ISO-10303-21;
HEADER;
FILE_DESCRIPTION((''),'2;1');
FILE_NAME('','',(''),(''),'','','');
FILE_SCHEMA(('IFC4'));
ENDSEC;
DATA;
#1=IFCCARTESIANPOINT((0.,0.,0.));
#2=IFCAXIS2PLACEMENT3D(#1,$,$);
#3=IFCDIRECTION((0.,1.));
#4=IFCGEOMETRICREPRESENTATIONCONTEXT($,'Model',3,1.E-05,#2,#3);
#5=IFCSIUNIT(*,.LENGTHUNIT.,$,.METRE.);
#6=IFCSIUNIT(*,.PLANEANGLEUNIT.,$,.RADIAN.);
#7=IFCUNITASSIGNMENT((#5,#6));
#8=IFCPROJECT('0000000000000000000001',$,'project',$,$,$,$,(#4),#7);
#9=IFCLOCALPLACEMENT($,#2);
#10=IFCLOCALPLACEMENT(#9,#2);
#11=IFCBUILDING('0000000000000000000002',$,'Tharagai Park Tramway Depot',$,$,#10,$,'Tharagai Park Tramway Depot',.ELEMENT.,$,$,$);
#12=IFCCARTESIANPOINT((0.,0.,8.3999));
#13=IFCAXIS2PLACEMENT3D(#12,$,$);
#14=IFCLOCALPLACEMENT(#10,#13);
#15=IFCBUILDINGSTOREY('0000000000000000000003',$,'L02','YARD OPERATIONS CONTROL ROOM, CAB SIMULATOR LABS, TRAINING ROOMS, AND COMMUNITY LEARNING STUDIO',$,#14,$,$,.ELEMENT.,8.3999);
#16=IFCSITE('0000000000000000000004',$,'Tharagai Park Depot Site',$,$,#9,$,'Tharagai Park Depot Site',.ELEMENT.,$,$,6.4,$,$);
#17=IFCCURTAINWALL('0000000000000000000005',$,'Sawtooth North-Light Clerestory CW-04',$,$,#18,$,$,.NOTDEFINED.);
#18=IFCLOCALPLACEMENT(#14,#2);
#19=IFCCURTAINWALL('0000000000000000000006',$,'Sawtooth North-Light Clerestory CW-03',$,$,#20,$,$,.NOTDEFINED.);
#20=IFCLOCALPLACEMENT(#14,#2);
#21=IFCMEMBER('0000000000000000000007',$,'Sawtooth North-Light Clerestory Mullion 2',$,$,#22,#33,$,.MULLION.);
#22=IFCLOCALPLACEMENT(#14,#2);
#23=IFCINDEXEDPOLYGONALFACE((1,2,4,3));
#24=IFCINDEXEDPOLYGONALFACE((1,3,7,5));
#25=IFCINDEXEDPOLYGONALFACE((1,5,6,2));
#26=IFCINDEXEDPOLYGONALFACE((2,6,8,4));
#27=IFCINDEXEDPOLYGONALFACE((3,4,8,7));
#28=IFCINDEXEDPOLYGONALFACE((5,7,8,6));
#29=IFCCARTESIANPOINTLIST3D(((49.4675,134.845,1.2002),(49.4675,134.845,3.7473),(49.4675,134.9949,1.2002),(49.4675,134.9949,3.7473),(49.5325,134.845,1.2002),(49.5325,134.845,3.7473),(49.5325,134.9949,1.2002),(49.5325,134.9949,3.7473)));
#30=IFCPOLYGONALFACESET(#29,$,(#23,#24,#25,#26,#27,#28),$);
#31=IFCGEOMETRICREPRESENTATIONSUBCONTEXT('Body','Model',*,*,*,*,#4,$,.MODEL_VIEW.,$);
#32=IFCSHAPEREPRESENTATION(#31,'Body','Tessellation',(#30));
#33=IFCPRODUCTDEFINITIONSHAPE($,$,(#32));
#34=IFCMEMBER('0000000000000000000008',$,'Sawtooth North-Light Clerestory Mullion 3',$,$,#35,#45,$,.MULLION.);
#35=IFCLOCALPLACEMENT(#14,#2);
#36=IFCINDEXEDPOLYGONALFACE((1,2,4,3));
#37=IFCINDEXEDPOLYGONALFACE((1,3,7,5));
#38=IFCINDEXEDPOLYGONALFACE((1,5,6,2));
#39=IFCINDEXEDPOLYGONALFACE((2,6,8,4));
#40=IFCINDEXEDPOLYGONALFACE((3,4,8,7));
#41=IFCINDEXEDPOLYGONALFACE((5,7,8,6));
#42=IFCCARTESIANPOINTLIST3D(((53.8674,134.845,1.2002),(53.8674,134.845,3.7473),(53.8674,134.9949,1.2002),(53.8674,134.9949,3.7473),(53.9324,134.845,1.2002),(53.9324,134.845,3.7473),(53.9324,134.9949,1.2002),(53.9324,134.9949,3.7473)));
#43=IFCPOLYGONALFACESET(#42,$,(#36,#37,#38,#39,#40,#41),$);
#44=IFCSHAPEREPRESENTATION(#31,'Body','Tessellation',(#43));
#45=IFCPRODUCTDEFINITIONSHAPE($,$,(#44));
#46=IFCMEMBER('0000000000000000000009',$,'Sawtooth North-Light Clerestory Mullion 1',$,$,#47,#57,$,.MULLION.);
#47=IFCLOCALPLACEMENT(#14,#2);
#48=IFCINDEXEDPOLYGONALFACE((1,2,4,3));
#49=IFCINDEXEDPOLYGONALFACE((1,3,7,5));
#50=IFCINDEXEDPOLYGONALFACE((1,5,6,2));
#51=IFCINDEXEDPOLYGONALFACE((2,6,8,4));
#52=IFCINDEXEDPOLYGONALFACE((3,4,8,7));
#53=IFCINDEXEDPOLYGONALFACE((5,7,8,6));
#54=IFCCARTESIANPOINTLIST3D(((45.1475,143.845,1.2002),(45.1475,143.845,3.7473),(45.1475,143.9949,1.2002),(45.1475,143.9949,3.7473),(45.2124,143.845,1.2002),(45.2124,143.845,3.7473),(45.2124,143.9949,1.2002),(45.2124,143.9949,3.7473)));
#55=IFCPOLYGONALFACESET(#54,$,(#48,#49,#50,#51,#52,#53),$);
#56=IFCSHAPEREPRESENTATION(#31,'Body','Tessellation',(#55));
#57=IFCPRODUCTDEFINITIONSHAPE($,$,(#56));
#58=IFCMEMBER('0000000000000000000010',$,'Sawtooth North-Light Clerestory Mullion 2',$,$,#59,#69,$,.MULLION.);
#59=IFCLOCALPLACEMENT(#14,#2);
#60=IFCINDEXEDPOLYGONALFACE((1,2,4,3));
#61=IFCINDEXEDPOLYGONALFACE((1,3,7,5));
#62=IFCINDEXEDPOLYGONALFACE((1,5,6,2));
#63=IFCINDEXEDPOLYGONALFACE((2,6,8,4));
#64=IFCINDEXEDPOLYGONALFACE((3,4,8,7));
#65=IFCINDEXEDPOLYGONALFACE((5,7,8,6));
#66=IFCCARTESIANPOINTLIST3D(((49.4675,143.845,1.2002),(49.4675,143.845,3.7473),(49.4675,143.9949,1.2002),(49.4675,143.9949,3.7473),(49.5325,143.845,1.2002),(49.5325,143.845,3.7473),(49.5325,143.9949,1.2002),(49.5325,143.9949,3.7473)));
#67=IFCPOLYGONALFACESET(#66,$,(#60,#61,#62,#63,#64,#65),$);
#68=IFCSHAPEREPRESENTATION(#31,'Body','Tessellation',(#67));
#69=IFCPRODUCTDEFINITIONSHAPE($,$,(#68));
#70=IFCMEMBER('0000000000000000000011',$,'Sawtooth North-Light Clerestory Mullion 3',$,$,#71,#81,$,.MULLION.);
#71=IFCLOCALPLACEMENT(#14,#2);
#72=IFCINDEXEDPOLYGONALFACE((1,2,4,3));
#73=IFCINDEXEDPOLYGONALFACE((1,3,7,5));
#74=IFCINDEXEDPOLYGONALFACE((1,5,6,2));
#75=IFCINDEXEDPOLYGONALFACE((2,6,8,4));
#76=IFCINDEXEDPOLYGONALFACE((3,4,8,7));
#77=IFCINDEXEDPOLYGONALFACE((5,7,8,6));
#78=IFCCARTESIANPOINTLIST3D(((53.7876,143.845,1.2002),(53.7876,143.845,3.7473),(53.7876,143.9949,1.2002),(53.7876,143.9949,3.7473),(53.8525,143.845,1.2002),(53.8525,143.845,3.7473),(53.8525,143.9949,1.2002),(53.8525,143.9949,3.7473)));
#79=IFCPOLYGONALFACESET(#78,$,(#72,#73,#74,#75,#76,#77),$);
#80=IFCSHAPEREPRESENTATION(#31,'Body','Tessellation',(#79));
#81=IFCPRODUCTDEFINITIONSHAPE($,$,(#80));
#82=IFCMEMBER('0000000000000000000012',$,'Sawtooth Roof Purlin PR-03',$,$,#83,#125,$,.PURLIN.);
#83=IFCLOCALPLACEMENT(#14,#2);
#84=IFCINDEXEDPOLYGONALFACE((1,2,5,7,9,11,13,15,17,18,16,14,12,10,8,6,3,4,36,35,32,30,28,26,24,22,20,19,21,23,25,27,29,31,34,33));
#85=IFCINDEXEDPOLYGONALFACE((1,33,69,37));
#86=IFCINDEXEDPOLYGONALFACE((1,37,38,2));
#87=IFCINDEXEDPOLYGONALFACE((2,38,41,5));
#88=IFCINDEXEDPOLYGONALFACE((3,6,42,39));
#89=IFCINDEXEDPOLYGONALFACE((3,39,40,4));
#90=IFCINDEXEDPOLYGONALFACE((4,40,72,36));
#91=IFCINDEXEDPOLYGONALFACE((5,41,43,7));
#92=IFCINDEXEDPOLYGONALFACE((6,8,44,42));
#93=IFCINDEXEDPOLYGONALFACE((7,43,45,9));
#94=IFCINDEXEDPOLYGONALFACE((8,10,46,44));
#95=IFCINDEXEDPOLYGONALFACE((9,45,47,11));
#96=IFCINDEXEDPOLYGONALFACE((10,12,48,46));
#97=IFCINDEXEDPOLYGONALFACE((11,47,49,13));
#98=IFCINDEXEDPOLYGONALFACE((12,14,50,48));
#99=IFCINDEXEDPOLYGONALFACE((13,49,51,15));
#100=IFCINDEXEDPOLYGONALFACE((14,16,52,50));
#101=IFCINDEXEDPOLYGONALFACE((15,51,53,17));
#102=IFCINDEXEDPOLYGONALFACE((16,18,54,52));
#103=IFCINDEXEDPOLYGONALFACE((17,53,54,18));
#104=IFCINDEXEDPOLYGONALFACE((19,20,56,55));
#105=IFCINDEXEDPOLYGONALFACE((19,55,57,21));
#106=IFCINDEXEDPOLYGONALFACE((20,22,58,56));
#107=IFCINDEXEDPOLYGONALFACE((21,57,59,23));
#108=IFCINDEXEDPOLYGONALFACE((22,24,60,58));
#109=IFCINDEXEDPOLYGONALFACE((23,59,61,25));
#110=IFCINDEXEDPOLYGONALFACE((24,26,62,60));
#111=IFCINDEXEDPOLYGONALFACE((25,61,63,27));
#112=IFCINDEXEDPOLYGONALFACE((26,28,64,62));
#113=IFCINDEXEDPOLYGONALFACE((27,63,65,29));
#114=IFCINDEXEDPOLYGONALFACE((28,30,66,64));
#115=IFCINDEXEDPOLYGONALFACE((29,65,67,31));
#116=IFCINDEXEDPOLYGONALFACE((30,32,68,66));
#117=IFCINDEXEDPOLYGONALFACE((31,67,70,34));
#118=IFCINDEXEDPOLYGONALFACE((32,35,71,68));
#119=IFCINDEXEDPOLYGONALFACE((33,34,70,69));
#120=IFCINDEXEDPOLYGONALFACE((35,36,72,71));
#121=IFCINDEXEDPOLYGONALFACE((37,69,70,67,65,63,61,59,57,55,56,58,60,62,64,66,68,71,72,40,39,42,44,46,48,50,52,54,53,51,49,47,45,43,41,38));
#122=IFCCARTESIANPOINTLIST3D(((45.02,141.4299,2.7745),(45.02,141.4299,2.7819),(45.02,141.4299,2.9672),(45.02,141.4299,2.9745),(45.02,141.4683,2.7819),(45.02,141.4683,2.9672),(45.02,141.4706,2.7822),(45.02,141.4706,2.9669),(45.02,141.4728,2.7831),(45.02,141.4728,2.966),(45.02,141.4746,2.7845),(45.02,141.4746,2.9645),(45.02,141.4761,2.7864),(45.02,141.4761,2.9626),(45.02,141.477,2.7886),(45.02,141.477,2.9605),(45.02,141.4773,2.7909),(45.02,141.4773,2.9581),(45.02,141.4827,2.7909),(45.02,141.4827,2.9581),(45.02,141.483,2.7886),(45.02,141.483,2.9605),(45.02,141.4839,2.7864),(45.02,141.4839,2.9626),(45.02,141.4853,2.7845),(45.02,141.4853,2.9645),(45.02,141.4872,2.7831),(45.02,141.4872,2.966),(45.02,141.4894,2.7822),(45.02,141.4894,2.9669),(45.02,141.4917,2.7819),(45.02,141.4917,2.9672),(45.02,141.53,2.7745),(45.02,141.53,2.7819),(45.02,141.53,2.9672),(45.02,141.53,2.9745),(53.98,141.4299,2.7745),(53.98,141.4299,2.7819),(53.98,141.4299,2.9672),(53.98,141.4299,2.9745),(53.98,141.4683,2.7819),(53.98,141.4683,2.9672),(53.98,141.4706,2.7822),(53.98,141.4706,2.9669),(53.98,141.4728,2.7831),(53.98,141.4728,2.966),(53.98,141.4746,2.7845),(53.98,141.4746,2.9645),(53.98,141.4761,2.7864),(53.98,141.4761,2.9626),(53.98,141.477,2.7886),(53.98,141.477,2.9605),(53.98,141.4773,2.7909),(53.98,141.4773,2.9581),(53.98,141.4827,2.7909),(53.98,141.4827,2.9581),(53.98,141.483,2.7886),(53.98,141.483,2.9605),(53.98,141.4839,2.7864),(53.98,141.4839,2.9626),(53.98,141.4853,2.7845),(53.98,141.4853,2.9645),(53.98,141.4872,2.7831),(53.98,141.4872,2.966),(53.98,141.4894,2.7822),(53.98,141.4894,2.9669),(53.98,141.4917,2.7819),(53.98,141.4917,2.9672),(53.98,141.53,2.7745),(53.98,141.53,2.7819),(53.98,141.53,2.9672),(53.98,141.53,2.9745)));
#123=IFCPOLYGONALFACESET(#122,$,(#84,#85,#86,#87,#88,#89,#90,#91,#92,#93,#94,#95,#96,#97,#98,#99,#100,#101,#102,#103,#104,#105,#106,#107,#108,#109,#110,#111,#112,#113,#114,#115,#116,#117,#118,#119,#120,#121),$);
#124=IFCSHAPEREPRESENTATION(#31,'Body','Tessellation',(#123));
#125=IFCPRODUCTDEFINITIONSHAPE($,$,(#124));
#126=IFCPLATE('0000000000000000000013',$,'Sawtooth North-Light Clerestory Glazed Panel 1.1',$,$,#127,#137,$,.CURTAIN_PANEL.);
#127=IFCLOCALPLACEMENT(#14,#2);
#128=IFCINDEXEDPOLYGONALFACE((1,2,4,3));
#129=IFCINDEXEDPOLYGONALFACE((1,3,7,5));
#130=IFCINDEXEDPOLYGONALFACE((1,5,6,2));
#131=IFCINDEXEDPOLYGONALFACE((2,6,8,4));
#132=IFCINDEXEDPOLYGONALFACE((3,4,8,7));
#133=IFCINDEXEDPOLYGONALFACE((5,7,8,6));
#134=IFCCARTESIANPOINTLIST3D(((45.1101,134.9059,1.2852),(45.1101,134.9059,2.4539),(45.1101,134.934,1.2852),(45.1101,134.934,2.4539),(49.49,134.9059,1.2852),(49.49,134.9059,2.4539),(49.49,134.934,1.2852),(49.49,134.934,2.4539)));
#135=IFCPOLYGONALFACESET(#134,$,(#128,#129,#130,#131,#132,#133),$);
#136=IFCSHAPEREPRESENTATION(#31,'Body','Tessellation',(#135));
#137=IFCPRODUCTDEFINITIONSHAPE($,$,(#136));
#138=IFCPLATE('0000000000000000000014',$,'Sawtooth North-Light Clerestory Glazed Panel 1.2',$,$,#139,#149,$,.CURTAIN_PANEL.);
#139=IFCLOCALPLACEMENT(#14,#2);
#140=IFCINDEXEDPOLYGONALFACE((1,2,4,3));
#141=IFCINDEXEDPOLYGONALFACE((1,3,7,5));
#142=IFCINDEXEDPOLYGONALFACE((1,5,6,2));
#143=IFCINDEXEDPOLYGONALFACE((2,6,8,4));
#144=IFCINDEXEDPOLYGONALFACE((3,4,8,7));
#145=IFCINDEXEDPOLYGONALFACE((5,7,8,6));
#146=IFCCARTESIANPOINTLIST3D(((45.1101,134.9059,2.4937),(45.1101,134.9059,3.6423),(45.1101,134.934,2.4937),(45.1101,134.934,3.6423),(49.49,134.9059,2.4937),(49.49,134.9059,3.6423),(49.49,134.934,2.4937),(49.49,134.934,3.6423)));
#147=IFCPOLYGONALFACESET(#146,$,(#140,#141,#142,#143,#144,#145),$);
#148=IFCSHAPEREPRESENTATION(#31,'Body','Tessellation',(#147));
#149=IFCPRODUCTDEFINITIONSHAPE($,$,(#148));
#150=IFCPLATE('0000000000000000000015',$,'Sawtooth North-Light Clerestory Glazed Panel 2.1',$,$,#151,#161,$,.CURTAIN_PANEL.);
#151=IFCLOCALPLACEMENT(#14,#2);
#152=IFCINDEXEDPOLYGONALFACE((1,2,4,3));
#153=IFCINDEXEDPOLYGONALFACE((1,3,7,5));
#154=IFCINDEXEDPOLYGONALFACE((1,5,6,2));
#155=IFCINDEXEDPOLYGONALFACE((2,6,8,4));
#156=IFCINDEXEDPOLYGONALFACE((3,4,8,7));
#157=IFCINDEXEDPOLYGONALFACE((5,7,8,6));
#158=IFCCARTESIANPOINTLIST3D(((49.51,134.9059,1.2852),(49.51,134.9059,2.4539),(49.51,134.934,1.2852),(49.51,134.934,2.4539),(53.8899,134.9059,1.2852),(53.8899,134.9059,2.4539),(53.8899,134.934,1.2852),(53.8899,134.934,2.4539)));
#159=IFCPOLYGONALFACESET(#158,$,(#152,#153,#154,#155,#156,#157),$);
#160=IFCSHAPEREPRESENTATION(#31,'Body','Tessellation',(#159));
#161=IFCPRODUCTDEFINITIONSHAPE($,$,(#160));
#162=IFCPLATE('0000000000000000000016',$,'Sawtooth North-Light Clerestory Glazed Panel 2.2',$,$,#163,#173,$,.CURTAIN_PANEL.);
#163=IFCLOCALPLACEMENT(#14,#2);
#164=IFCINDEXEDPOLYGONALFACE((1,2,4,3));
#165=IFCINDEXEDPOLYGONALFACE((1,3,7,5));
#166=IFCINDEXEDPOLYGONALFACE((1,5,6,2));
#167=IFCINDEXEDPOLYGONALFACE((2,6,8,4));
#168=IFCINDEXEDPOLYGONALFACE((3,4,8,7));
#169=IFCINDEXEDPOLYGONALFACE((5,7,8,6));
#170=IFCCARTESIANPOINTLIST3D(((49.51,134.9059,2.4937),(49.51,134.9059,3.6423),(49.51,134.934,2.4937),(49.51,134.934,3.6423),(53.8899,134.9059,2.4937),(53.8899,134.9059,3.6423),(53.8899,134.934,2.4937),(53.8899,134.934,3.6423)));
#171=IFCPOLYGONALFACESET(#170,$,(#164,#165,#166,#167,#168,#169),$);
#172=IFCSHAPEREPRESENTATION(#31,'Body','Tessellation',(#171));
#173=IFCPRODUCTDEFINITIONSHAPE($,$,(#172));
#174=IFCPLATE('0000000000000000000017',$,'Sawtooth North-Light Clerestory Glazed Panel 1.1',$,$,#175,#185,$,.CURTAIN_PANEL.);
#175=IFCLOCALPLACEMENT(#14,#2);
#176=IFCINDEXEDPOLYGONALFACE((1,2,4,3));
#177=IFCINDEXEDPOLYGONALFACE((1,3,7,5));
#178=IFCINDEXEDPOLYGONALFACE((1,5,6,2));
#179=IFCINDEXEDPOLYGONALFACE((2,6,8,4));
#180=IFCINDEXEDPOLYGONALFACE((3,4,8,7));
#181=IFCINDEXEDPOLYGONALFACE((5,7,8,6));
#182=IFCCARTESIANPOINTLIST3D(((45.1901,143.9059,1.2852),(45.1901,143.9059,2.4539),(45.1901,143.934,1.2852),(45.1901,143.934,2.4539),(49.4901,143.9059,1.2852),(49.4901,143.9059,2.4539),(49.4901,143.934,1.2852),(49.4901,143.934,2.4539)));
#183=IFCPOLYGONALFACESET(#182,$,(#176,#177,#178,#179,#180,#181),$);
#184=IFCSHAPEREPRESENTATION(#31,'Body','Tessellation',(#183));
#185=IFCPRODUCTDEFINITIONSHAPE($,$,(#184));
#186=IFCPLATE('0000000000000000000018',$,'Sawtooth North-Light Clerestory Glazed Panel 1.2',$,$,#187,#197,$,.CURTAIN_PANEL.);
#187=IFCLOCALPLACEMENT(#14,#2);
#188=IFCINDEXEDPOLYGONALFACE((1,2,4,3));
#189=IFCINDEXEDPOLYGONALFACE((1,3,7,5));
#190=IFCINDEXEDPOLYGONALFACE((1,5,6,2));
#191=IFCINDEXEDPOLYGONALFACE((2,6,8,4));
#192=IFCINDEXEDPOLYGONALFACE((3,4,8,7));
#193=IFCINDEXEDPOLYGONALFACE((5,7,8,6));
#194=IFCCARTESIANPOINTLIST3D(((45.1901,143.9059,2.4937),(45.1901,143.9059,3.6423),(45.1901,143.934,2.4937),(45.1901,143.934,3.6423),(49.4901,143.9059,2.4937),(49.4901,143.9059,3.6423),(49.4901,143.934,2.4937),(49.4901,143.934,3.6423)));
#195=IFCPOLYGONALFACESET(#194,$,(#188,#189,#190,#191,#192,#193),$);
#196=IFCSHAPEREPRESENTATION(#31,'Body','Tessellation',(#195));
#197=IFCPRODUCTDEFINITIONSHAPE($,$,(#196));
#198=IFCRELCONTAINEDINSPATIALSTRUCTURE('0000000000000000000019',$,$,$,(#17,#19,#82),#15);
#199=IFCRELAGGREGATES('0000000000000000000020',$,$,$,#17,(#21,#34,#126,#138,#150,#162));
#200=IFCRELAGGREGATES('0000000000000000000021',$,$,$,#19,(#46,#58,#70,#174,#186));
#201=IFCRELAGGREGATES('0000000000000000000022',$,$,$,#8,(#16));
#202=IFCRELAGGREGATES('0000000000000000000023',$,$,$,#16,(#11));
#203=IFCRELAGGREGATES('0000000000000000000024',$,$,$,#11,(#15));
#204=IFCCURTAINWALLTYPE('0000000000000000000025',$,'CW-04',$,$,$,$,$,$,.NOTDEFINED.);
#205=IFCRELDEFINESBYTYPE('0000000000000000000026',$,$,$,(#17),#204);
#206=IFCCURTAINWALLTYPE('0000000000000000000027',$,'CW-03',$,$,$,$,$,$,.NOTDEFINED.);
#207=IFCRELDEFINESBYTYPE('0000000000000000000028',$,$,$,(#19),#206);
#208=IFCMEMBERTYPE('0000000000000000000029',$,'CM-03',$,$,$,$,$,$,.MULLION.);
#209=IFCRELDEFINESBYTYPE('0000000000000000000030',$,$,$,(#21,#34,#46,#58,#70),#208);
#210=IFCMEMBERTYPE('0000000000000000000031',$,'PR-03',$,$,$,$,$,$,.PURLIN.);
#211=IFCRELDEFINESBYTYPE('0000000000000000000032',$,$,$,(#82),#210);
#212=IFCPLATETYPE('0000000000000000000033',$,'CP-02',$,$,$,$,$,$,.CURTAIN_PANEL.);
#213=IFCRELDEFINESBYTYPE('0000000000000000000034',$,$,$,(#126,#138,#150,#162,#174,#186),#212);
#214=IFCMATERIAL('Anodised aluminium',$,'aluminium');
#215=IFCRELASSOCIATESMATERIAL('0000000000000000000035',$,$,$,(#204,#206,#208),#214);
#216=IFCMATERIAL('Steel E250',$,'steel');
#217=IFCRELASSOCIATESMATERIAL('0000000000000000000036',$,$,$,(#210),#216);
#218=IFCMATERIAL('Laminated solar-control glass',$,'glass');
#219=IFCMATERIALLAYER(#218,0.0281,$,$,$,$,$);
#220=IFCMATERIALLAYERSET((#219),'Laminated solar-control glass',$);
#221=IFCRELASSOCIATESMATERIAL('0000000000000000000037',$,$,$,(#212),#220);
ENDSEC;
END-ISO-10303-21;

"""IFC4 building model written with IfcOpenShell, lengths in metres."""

from ifc_helpers import new_model, si_unit, direction, frame, origin, origin_2d, place, context, subcontext, project, spatial, rectangle, i_section, extrude, material, layer, layer_set, material_profile, profile_set, type_object, element, aggregate, save


model = new_model("IFC4")

# Units and contexts
model_context = context("Model", 3, precision=1e-05, world=origin(), true_north=direction((0.0, 1.0)))
body_context = subcontext(model_context, "Body", "Model", "MODEL_VIEW")
ifc_project = project(units=[si_unit("LENGTHUNIT", "METRE"), si_unit("PLANEANGLEUNIT", "RADIAN")], contexts=[model_context])

# Site, building, storey
site_placement = place(None, origin())
site = spatial("IfcSite", under=ifc_project, at=site_placement, Name="Tharagai Park Depot Site", LongName="Tharagai Park Depot Site", CompositionType="ELEMENT", RefElevation=6.4)
building_placement = place(site_placement, origin())
building = spatial("IfcBuilding", under=site, at=building_placement, Name="Tharagai Park Tramway Depot", LongName="Tharagai Park Tramway Depot", CompositionType="ELEMENT")
storey_placement = place(building_placement, frame((0.0, 0.0, 8.3999)))
storey = spatial("IfcBuildingStorey", under=building, at=storey_placement, Name="L02", Description="YARD OPERATIONS CONTROL ROOM, CAB SIMULATOR LABS, TRAINING ROOMS, AND COMMUNITY LEARNING STUDIO", CompositionType="ELEMENT", Elevation=8.3999)

# Curtain walls
ifc_material_1 = material(Name="Anodised aluminium", Category="aluminium")
curtain_wall_type_1 = type_object("IfcCurtainWallType", Name="CW-04", PredefinedType="NOTDEFINED", material=ifc_material_1)
curtain_wall_1_placement = place(storey_placement, origin())
curtain_wall_1 = element("IfcCurtainWall", 1, at=curtain_wall_1_placement, inside=storey, type_object=curtain_wall_type_1, Name="Sawtooth North-Light Clerestory CW-04", PredefinedType="NOTDEFINED")
curtain_wall_type_2 = type_object("IfcCurtainWallType", Name="CW-03", PredefinedType="NOTDEFINED", material=ifc_material_1)
curtain_wall_2_placement = place(storey_placement, origin())
curtain_wall_2 = element("IfcCurtainWall", 2, at=curtain_wall_2_placement, inside=storey, type_object=curtain_wall_type_2, Name="Sawtooth North-Light Clerestory CW-03", PredefinedType="NOTDEFINED")

# Members
ifc_material_profile_1 = material_profile(ifc_material_1, rectangle(XDim=0.0649, YDim=0.1499, at=origin_2d()), Name="ALU 65x150")
ifc_profile_set_1 = profile_set([ifc_material_profile_1], Name="Anodised aluminium")
member_type_1 = type_object("IfcMemberType", Name="CM-03", PredefinedType="MULLION", material=ifc_profile_set_1)
member_1_placement = place(storey_placement, frame((49.5, 134.9199, 1.2002), z_axis=(0.0, 0.0, 1.0), x_axis=(1.0, 0.0, 0.0)))
member_1 = element("IfcMember", 3, at=member_1_placement, type_object=member_type_1, Name="Sawtooth North-Light Clerestory Mullion 2", PredefinedType="MULLION", context=body_context, shape_type="SweptSolid", body=[
    extrude(rectangle(XDim=0.0649, YDim=0.1499, at=origin_2d()), origin(), (0.0, 0.0, 1.0), 2.5471),
])
member_2_placement = place(storey_placement, frame((53.8999, 134.9199, 1.2002), z_axis=(0.0, 0.0, 1.0), x_axis=(1.0, 0.0, 0.0)))
member_2 = element("IfcMember", 4, at=member_2_placement, type_object=member_type_1, Name="Sawtooth North-Light Clerestory Mullion 3", PredefinedType="MULLION", context=body_context, shape_type="SweptSolid", body=[
    extrude(rectangle(XDim=0.0649, YDim=0.1499, at=origin_2d()), origin(), (0.0, 0.0, 1.0), 2.5471),
])
member_3_placement = place(storey_placement, frame((45.1799, 143.9199, 1.2002), z_axis=(0.0, 0.0, 1.0), x_axis=(1.0, 0.0, 0.0)))
member_3 = element("IfcMember", 5, at=member_3_placement, type_object=member_type_1, Name="Sawtooth North-Light Clerestory Mullion 1", PredefinedType="MULLION", context=body_context, shape_type="SweptSolid", body=[
    extrude(rectangle(XDim=0.0649, YDim=0.1499, at=origin_2d()), origin(), (0.0, 0.0, 1.0), 2.5471),
])
member_4_placement = place(storey_placement, frame((49.5, 143.9199, 1.2002), z_axis=(0.0, 0.0, 1.0), x_axis=(1.0, 0.0, 0.0)))
member_4 = element("IfcMember", 6, at=member_4_placement, type_object=member_type_1, Name="Sawtooth North-Light Clerestory Mullion 2", PredefinedType="MULLION", context=body_context, shape_type="SweptSolid", body=[
    extrude(rectangle(XDim=0.0649, YDim=0.1499, at=origin_2d()), origin(), (0.0, 0.0, 1.0), 2.5471),
])
member_5_placement = place(storey_placement, frame((53.8201, 143.9199, 1.2002), z_axis=(0.0, 0.0, 1.0), x_axis=(1.0, 0.0, 0.0)))
member_5 = element("IfcMember", 7, at=member_5_placement, type_object=member_type_1, Name="Sawtooth North-Light Clerestory Mullion 3", PredefinedType="MULLION", context=body_context, shape_type="SweptSolid", body=[
    extrude(rectangle(XDim=0.0649, YDim=0.1499, at=origin_2d()), origin(), (0.0, 0.0, 1.0), 2.5471),
])
ifc_material_2 = material(Name="Steel E250", Category="steel")
ifc_material_profile_2 = material_profile(ifc_material_2, i_section(OverallWidth=0.1001, OverallDepth=0.2, WebThickness=0.0054, FlangeThickness=0.0073, FilletRadius=0.009, at=origin_2d()), Name="ISLB 200")
ifc_profile_set_2 = profile_set([ifc_material_profile_2], Name="Steel E250")
member_type_2 = type_object("IfcMemberType", Name="PR-03", PredefinedType="PURLIN", material=ifc_profile_set_2)
member_6_placement = place(storey_placement, frame((45.02, 141.48, 2.8745), z_axis=(1.0, 0.0, 0.0), x_axis=(0.0, 1.0, 0.0)))
element("IfcMember", 8, at=member_6_placement, inside=storey, type_object=member_type_2, Name="Sawtooth Roof Purlin PR-03", PredefinedType="PURLIN", context=body_context, shape_type="SweptSolid", body=[
    extrude(i_section(OverallWidth=0.1001, OverallDepth=0.2, WebThickness=0.0054, FlangeThickness=0.0073, FilletRadius=0.009, at=origin_2d()), origin(), (0.0, 0.0, 1.0), 8.96),
])

# Plates
ifc_material_3 = material(Name="Laminated solar-control glass", Category="glass")
ifc_layer = layer(ifc_material_3, 0.0281)
ifc_layer_set = layer_set([ifc_layer], Name="Laminated solar-control glass")
plate_type = type_object("IfcPlateType", Name="CP-02", PredefinedType="CURTAIN_PANEL", material=ifc_layer_set)
plate_1_placement = place(storey_placement, frame((47.3, 134.9199, 1.2852), z_axis=(0.0, 0.0, 1.0), x_axis=(1.0, 0.0, 0.0)))
plate_1 = element("IfcPlate", 9, at=plate_1_placement, type_object=plate_type, Name="Sawtooth North-Light Clerestory Glazed Panel 1.1", PredefinedType="CURTAIN_PANEL", context=body_context, shape_type="SweptSolid", body=[
    extrude(rectangle(XDim=4.3799, YDim=0.0281, at=origin_2d()), origin(), (0.0, 0.0, 1.0), 1.1687),
])
plate_2_placement = place(storey_placement, frame((47.3, 134.9199, 2.4937), z_axis=(0.0, 0.0, 1.0), x_axis=(1.0, 0.0, 0.0)))
plate_2 = element("IfcPlate", 10, at=plate_2_placement, type_object=plate_type, Name="Sawtooth North-Light Clerestory Glazed Panel 1.2", PredefinedType="CURTAIN_PANEL", context=body_context, shape_type="SweptSolid", body=[
    extrude(rectangle(XDim=4.3799, YDim=0.0281, at=origin_2d()), origin(), (0.0, 0.0, 1.0), 1.1487),
])
plate_3_placement = place(storey_placement, frame((51.7, 134.9199, 1.2852), z_axis=(0.0, 0.0, 1.0), x_axis=(1.0, 0.0, 0.0)))
plate_3 = element("IfcPlate", 11, at=plate_3_placement, type_object=plate_type, Name="Sawtooth North-Light Clerestory Glazed Panel 2.1", PredefinedType="CURTAIN_PANEL", context=body_context, shape_type="SweptSolid", body=[
    extrude(rectangle(XDim=4.3799, YDim=0.0281, at=origin_2d()), origin(), (0.0, 0.0, 1.0), 1.1687),
])
plate_4_placement = place(storey_placement, frame((51.7, 134.9199, 2.4937), z_axis=(0.0, 0.0, 1.0), x_axis=(1.0, 0.0, 0.0)))
plate_4 = element("IfcPlate", 12, at=plate_4_placement, type_object=plate_type, Name="Sawtooth North-Light Clerestory Glazed Panel 2.2", PredefinedType="CURTAIN_PANEL", context=body_context, shape_type="SweptSolid", body=[
    extrude(rectangle(XDim=4.3799, YDim=0.0281, at=origin_2d()), origin(), (0.0, 0.0, 1.0), 1.1487),
])
aggregate(curtain_wall_1, [member_1, member_2, plate_1, plate_2, plate_3, plate_4])
plate_5_placement = place(storey_placement, frame((47.3401, 143.9199, 1.2852), z_axis=(0.0, 0.0, 1.0), x_axis=(1.0, 0.0, 0.0)))
plate_5 = element("IfcPlate", 13, at=plate_5_placement, type_object=plate_type, Name="Sawtooth North-Light Clerestory Glazed Panel 1.1", PredefinedType="CURTAIN_PANEL", context=body_context, shape_type="SweptSolid", body=[
    extrude(rectangle(XDim=4.3, YDim=0.0281, at=origin_2d()), origin(), (0.0, 0.0, 1.0), 1.1687),
])
plate_6_placement = place(storey_placement, frame((47.3401, 143.9199, 2.4937), z_axis=(0.0, 0.0, 1.0), x_axis=(1.0, 0.0, 0.0)))
plate_6 = element("IfcPlate", 14, at=plate_6_placement, type_object=plate_type, Name="Sawtooth North-Light Clerestory Glazed Panel 1.2", PredefinedType="CURTAIN_PANEL", context=body_context, shape_type="SweptSolid", body=[
    extrude(rectangle(XDim=4.3, YDim=0.0281, at=origin_2d()), origin(), (0.0, 0.0, 1.0), 1.1487),
])
aggregate(curtain_wall_2, [member_3, member_4, member_5, plate_5, plate_6])

save(model, "model.ifc")
